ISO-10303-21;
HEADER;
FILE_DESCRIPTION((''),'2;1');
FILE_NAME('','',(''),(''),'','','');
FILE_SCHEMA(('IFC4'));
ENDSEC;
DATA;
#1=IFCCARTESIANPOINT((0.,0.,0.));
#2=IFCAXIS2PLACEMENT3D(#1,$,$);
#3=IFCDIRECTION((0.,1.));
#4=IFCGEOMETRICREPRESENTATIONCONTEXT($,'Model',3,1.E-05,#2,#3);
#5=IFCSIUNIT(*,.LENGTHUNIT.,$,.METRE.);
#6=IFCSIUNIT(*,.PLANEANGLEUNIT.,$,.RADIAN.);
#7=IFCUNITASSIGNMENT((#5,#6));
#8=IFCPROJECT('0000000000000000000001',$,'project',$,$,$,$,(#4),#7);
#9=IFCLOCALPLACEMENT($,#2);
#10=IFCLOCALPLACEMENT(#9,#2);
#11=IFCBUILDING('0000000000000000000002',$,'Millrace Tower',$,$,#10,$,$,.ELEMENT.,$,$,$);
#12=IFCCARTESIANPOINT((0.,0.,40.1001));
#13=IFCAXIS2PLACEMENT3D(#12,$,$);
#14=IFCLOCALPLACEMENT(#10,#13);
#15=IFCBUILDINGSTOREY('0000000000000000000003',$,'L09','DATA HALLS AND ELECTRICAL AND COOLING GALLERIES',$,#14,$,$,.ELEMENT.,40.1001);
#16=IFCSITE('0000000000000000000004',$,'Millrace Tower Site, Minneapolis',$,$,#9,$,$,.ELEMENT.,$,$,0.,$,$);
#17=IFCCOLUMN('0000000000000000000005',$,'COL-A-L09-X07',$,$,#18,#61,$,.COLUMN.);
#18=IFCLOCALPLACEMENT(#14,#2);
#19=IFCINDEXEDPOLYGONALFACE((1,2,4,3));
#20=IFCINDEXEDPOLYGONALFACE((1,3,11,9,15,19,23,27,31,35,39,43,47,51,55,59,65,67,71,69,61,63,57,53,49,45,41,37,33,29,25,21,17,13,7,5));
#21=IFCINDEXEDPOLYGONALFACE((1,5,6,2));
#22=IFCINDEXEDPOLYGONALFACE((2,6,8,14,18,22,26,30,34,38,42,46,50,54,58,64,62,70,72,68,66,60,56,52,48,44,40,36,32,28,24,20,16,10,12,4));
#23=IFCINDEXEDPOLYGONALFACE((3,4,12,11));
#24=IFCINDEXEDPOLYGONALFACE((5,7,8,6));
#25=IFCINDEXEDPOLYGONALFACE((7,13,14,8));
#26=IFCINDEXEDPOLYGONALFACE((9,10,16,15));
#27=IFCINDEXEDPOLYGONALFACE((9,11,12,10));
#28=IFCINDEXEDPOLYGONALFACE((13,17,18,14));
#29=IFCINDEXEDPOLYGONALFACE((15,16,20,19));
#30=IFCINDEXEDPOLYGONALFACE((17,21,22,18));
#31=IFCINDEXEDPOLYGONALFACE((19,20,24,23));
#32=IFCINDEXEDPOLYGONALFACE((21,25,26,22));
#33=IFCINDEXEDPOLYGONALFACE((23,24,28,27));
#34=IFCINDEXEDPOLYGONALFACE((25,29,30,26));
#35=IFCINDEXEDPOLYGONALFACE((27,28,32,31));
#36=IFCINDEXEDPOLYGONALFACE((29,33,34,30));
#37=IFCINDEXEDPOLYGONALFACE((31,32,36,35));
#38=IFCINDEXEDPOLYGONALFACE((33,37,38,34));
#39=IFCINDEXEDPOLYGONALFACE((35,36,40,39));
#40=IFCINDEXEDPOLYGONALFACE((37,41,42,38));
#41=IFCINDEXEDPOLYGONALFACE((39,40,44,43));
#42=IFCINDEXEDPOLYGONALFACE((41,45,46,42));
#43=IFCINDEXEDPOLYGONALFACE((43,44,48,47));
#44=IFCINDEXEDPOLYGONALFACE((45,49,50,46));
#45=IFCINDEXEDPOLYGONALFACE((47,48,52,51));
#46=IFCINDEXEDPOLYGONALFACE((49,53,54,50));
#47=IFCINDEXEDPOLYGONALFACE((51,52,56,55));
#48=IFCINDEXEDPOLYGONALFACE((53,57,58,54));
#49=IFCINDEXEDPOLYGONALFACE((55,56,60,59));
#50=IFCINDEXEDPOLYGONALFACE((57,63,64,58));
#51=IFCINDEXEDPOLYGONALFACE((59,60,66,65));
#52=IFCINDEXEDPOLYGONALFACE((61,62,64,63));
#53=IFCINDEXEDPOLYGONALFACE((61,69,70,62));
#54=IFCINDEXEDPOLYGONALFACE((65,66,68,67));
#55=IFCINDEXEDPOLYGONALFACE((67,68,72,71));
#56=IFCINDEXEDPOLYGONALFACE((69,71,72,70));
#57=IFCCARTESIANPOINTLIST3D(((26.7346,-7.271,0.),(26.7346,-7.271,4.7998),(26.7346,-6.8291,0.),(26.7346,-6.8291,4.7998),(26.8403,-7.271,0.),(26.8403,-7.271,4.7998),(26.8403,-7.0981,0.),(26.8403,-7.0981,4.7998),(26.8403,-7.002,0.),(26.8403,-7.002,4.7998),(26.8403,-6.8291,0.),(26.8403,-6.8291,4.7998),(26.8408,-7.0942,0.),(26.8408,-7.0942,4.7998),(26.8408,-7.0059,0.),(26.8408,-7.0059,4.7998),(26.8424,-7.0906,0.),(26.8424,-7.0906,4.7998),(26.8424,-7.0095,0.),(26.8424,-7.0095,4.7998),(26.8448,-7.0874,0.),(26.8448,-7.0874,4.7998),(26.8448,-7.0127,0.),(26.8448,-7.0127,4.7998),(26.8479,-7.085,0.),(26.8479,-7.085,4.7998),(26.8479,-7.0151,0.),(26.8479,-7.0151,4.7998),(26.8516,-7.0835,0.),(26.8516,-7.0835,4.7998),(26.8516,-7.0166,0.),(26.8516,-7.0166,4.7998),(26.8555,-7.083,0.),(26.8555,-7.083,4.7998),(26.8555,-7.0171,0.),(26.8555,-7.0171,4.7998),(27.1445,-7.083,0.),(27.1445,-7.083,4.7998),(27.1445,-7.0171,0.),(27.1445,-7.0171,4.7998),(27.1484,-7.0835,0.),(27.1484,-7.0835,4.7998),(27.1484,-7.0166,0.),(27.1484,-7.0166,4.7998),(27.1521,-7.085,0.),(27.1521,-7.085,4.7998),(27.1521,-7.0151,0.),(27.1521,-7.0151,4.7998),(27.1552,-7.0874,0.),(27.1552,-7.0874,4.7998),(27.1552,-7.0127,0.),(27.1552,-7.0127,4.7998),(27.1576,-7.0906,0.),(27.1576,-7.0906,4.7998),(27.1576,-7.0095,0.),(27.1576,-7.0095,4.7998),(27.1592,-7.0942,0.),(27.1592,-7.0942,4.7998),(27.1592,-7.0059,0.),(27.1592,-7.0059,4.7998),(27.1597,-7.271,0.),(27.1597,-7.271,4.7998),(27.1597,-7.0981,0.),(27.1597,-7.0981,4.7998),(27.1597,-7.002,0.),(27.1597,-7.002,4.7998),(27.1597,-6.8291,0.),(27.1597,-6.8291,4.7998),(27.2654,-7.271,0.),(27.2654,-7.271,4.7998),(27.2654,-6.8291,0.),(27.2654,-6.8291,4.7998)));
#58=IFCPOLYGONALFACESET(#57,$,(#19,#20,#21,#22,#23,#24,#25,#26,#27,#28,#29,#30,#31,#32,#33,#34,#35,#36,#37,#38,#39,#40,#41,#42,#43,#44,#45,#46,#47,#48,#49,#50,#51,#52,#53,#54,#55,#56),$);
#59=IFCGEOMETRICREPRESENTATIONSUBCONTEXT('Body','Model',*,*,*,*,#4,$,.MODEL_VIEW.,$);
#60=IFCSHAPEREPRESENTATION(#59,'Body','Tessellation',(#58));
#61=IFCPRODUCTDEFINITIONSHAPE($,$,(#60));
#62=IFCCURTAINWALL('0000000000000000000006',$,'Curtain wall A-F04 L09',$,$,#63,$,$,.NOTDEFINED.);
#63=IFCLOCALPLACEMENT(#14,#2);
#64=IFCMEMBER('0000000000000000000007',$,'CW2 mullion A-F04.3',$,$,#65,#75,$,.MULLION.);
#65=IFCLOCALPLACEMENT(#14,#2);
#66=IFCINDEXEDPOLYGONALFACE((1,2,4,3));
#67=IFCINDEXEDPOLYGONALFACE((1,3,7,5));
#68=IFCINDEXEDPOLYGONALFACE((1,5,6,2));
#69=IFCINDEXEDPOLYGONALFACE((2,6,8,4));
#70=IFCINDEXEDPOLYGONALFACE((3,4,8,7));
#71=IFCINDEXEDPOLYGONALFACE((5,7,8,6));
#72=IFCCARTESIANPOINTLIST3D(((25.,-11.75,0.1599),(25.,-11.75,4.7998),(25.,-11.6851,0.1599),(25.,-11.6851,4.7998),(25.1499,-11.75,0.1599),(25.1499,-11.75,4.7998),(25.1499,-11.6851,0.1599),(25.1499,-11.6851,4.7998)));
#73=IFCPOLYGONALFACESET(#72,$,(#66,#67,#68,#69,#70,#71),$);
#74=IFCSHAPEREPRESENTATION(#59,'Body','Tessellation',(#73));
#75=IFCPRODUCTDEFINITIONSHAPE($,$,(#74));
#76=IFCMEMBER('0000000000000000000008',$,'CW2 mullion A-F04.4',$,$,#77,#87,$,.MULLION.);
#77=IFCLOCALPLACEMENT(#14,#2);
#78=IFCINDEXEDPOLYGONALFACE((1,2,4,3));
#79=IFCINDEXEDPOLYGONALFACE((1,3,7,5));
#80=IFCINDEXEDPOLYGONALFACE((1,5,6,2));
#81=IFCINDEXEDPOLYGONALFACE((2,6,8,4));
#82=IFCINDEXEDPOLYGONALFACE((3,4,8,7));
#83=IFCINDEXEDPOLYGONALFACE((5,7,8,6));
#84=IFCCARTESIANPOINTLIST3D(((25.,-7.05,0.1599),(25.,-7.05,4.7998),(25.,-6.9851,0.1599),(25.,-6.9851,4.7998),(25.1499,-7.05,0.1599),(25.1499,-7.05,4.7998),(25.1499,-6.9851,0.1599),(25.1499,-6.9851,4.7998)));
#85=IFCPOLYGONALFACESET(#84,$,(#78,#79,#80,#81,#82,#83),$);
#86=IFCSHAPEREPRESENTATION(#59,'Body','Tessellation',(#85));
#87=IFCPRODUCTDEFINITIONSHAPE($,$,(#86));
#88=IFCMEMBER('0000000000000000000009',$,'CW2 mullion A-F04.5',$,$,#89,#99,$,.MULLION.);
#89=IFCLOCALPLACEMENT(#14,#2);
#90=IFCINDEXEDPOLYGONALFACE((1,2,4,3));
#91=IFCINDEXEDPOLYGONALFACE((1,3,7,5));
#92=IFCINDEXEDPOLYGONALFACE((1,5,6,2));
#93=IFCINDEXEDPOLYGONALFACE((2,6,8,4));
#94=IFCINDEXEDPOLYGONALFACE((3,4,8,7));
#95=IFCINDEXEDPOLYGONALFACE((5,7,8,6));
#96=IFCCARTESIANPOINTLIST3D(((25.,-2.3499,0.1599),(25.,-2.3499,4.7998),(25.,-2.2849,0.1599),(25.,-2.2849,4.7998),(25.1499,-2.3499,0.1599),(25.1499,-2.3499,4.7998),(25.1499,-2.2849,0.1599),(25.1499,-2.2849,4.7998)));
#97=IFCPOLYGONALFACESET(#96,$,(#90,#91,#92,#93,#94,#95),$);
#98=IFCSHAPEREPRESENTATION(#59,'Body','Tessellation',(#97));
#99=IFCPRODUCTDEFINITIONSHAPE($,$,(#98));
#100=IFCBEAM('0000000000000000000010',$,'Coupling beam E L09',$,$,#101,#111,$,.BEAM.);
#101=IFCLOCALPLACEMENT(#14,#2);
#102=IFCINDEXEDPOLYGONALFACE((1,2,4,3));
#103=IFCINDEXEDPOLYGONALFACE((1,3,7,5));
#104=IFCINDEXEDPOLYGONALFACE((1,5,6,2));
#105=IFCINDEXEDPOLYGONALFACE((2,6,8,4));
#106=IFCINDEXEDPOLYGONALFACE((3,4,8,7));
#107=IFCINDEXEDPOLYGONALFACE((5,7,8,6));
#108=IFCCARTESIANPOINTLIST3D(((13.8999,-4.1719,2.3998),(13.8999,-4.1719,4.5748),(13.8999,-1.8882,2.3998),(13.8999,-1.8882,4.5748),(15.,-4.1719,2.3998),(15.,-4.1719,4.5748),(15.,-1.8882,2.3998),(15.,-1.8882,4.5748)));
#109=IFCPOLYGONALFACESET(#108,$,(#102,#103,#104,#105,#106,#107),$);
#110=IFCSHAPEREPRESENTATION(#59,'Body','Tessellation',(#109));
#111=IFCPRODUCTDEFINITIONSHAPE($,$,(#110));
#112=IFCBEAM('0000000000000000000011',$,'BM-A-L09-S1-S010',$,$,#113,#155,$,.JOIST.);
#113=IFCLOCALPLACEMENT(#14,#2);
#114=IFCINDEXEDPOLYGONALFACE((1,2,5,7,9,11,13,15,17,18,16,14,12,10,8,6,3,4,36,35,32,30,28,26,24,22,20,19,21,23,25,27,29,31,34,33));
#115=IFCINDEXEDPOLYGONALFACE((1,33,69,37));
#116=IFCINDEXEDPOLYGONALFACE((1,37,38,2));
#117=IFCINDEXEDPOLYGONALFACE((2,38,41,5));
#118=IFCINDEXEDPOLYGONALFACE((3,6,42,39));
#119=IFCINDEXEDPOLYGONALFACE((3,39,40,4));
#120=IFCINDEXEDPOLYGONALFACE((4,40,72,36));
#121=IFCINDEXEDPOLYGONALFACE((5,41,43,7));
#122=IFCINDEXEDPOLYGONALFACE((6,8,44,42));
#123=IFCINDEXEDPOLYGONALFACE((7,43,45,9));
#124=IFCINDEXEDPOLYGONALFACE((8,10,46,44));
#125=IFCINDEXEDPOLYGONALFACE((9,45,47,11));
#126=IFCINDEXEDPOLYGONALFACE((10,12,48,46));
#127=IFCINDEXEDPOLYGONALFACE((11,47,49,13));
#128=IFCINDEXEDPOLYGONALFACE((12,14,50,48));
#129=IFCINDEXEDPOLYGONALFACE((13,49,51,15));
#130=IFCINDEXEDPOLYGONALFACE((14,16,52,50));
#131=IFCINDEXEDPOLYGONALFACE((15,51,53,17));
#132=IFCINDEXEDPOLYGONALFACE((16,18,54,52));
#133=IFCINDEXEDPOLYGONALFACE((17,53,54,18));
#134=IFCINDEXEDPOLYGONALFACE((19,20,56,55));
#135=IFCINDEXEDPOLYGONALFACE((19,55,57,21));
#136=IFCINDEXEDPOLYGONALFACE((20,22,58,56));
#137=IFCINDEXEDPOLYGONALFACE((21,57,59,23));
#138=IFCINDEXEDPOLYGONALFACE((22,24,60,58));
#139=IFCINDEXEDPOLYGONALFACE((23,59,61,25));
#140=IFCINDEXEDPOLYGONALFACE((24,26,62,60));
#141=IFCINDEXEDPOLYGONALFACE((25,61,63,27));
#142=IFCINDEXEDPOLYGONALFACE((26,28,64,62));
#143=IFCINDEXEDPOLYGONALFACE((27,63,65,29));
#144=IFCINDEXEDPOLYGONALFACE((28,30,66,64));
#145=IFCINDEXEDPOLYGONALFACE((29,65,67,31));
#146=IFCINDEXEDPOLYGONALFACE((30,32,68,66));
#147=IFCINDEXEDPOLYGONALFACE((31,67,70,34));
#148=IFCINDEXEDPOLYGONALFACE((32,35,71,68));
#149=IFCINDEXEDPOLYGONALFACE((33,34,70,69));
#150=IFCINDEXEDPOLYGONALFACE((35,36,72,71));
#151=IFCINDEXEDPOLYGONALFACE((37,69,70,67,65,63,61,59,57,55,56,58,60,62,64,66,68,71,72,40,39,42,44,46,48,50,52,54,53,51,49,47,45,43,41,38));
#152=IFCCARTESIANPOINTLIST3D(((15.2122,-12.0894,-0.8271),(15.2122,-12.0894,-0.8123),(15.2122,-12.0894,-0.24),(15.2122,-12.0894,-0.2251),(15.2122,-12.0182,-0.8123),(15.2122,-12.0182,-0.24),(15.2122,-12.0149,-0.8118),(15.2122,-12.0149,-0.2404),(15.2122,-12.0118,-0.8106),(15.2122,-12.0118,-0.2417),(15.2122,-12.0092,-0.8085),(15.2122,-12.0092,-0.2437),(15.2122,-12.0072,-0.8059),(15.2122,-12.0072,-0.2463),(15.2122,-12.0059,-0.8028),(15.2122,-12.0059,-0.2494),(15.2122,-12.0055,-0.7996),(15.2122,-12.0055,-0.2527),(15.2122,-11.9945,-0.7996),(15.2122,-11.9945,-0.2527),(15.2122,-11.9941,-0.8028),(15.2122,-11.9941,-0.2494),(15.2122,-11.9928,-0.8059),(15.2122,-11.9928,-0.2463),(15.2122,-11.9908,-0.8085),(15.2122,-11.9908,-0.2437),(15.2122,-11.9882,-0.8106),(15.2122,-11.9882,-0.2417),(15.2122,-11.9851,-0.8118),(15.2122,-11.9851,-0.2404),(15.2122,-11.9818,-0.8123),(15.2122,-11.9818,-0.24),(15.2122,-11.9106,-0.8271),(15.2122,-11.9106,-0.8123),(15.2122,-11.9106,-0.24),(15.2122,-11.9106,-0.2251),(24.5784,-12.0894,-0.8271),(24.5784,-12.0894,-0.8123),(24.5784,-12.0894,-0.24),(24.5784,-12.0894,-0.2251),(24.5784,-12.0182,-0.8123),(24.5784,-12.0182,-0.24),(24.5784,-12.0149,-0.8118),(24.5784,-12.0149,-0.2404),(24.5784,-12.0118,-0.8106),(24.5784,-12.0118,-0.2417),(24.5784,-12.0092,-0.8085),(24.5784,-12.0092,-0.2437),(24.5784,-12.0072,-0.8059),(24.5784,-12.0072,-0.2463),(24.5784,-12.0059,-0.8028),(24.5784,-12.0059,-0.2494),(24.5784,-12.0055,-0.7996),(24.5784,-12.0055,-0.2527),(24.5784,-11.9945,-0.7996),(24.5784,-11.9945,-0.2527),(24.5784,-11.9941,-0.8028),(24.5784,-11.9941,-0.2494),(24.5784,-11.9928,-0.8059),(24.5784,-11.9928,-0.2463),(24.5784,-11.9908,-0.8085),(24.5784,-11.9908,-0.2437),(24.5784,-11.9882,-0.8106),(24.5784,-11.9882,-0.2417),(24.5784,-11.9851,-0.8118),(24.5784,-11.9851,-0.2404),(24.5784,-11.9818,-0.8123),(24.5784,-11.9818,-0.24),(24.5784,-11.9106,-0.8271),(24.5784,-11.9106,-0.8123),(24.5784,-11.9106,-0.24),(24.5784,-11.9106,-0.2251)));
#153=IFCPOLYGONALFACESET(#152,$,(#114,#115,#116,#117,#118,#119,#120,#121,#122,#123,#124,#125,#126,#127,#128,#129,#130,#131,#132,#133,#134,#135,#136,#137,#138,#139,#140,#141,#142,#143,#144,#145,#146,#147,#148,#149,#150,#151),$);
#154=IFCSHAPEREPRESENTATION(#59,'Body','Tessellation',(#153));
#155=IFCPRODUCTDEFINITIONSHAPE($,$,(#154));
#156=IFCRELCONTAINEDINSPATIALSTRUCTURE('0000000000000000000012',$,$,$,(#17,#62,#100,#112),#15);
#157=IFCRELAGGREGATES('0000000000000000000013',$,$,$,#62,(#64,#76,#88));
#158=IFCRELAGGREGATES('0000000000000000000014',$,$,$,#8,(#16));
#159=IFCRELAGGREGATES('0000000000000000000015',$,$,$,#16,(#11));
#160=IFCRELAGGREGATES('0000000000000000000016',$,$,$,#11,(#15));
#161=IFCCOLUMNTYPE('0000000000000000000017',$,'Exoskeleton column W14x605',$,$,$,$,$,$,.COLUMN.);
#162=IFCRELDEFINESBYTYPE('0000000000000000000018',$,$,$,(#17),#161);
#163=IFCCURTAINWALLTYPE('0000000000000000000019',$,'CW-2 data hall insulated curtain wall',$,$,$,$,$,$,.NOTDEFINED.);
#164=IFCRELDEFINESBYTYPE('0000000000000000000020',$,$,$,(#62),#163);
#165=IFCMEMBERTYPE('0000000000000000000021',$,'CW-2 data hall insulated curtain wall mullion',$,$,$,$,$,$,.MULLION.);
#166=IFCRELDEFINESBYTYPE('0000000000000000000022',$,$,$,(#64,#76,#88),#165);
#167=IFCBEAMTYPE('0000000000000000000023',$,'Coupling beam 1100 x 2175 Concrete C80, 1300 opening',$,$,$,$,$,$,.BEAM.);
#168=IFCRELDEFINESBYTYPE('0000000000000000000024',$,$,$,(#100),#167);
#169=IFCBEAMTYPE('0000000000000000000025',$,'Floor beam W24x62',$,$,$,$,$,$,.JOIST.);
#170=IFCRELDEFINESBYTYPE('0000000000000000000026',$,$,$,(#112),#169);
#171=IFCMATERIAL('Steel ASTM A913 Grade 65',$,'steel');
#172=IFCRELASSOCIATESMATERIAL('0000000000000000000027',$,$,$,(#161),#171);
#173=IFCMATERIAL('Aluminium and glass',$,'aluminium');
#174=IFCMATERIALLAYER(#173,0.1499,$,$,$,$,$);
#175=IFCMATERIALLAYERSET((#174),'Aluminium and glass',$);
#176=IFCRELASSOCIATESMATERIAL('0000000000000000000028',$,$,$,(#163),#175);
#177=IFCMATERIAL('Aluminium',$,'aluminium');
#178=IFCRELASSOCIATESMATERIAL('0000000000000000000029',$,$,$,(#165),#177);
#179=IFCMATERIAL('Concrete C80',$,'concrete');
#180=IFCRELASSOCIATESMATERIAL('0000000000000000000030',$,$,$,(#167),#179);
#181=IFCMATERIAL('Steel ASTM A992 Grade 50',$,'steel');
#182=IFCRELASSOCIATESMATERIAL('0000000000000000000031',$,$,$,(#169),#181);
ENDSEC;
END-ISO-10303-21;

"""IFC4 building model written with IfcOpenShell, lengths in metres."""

from ifc_helpers import new_model, si_unit, direction, frame, origin, origin_2d, place, context, subcontext, project, spatial, rectangle, i_section, extrude, material, layer, layer_set, material_profile, profile_set, type_object, element, aggregate, save


model = new_model("IFC4")

# Units and contexts
model_context = context("Model", 3, precision=1e-05, world=origin(), true_north=direction((0.0, 1.0)))
body_context = subcontext(model_context, "Body", "Model", "MODEL_VIEW")
ifc_project = project(units=[si_unit("LENGTHUNIT", "METRE"), si_unit("PLANEANGLEUNIT", "RADIAN")], contexts=[model_context])

# Site, building, storey
site_placement = place(None, origin())
site = spatial("IfcSite", under=ifc_project, at=site_placement, Name="Millrace Tower Site, Minneapolis", CompositionType="ELEMENT", RefElevation=0.0)
building_placement = place(site_placement, origin())
building = spatial("IfcBuilding", under=site, at=building_placement, Name="Millrace Tower", CompositionType="ELEMENT")
storey_placement = place(building_placement, frame((0.0, 0.0, 40.1001)))
storey = spatial("IfcBuildingStorey", under=building, at=storey_placement, Name="L09", Description="DATA HALLS AND ELECTRICAL AND COOLING GALLERIES", CompositionType="ELEMENT", Elevation=40.1001)

# Column
ifc_material_1 = material(Name="Steel ASTM A913 Grade 65", Category="steel")
ifc_material_profile_1 = material_profile(ifc_material_1, i_section(OverallWidth=0.4419, OverallDepth=0.5308, WebThickness=0.0659, FlangeThickness=0.1057, FilletRadius=0.0151, at=origin_2d()))
ifc_profile_set_1 = profile_set([ifc_material_profile_1], Name="Steel ASTM A913 Grade 65")
column_type = type_object("IfcColumnType", Name="Exoskeleton column W14x605", PredefinedType="COLUMN", material=ifc_profile_set_1)
column_placement = place(storey_placement, frame((27.0, -7.05, 0.0), z_axis=(0.0, 0.0, 1.0), x_axis=(0.0, 1.0, 0.0)))
element("IfcColumn", 1, at=column_placement, inside=storey, type_object=column_type, Name="COL-A-L09-X07", PredefinedType="COLUMN", context=body_context, shape_type="SweptSolid", body=[
    extrude(i_section(OverallWidth=0.4419, OverallDepth=0.5308, WebThickness=0.0659, FlangeThickness=0.1057, FilletRadius=0.0151, at=origin_2d()), origin(), (0.0, 0.0, 1.0), 4.7998),
])

# Curtain wall, members
ifc_material_2 = material(Name="Aluminium and glass", Category="aluminium")
ifc_layer_1 = layer(ifc_material_2, 0.1499)
ifc_layer_set_1 = layer_set([ifc_layer_1], Name="Aluminium and glass")
curtain_wall_type = type_object("IfcCurtainWallType", Name="CW-2 data hall insulated curtain wall", PredefinedType="NOTDEFINED", material=ifc_layer_set_1)
placement = place(storey_placement, origin())
curtain_wall = element("IfcCurtainWall", 2, at=placement, inside=storey, type_object=curtain_wall_type, Name="Curtain wall A-F04 L09", PredefinedType="NOTDEFINED")
ifc_material_3 = material(Name="Aluminium", Category="aluminium")
ifc_material_profile_2 = material_profile(ifc_material_3, rectangle(XDim=0.0649, YDim=0.1499, at=origin_2d()))
ifc_profile_set_2 = profile_set([ifc_material_profile_2], Name="Aluminium")
member_type = type_object("IfcMemberType", Name="CW-2 data hall insulated curtain wall mullion", PredefinedType="MULLION", material=ifc_profile_set_2)
member_1_placement = place(storey_placement, frame((25.075, -11.7175, 0.1599), z_axis=(0.0, 0.0, 1.0), x_axis=(0.0, 1.0, 0.0)))
member_1 = element("IfcMember", 3, at=member_1_placement, type_object=member_type, Name="CW2 mullion A-F04.3", PredefinedType="MULLION", context=body_context, shape_type="SweptSolid", body=[
    extrude(rectangle(XDim=0.0649, YDim=0.1499, at=origin_2d()), origin(), (0.0, 0.0, 1.0), 4.6399),
])
member_2_placement = place(storey_placement, frame((25.075, -7.0176, 0.1599), z_axis=(0.0, 0.0, 1.0), x_axis=(0.0, 1.0, 0.0)))
member_2 = element("IfcMember", 4, at=member_2_placement, type_object=member_type, Name="CW2 mullion A-F04.4", PredefinedType="MULLION", context=body_context, shape_type="SweptSolid", body=[
    extrude(rectangle(XDim=0.0649, YDim=0.1499, at=origin_2d()), origin(), (0.0, 0.0, 1.0), 4.6399),
])
member_3_placement = place(storey_placement, frame((25.075, -2.3174, 0.1599), z_axis=(0.0, 0.0, 1.0), x_axis=(0.0, 1.0, 0.0)))
member_3 = element("IfcMember", 5, at=member_3_placement, type_object=member_type, Name="CW2 mullion A-F04.5", PredefinedType="MULLION", context=body_context, shape_type="SweptSolid", body=[
    extrude(rectangle(XDim=0.0649, YDim=0.1499, at=origin_2d()), origin(), (0.0, 0.0, 1.0), 4.6399),
])
aggregate(curtain_wall, [member_1, member_2, member_3])

# Beams
ifc_material_4 = material(Name="Concrete C80", Category="concrete")
ifc_material_profile_3 = material_profile(ifc_material_4, rectangle(XDim=1.1001, YDim=2.175, at=origin_2d()))
ifc_profile_set_3 = profile_set([ifc_material_profile_3], Name="Concrete C80")
beam_type_1 = type_object("IfcBeamType", Name="Coupling beam 1100 x 2175 Concrete C80, 1300 opening", PredefinedType="BEAM", material=ifc_profile_set_3)
beam_1_placement = place(storey_placement, frame((14.45, -1.8882, 3.4873), z_axis=(0.0, -1.0, 0.0), x_axis=(1.0, 0.0, 0.0)))
element("IfcBeam", 6, at=beam_1_placement, inside=storey, type_object=beam_type_1, Name="Coupling beam E L09", PredefinedType="BEAM", context=body_context, shape_type="SweptSolid", body=[
    extrude(rectangle(XDim=1.1001, YDim=2.175, at=origin_2d()), origin(), (0.0, 0.0, 1.0), 2.2837),
])
ifc_material_5 = material(Name="Steel ASTM A992 Grade 50", Category="steel")
ifc_material_profile_4 = material_profile(ifc_material_5, i_section(OverallWidth=0.1787, OverallDepth=0.6021, WebThickness=0.011, FlangeThickness=0.0149, FilletRadius=0.0127, at=origin_2d()))
ifc_profile_set_4 = profile_set([ifc_material_profile_4], Name="Steel ASTM A992 Grade 50")
beam_type_2 = type_object("IfcBeamType", Name="Floor beam W24x62", PredefinedType="JOIST", material=ifc_profile_set_4)
beam_2_placement = place(storey_placement, frame((15.2122, -12.0, -0.5261), z_axis=(1.0, 0.0, 0.0), x_axis=(0.0, 1.0, 0.0)))
element("IfcBeam", 7, at=beam_2_placement, inside=storey, type_object=beam_type_2, Name="BM-A-L09-S1-S010", PredefinedType="JOIST", context=body_context, shape_type="SweptSolid", body=[
    extrude(i_section(OverallWidth=0.1787, OverallDepth=0.6021, WebThickness=0.011, FlangeThickness=0.0149, FilletRadius=0.0127, at=origin_2d()), origin(), (0.0, 0.0, 1.0), 9.3662),
])

save(model, "model.ifc")
